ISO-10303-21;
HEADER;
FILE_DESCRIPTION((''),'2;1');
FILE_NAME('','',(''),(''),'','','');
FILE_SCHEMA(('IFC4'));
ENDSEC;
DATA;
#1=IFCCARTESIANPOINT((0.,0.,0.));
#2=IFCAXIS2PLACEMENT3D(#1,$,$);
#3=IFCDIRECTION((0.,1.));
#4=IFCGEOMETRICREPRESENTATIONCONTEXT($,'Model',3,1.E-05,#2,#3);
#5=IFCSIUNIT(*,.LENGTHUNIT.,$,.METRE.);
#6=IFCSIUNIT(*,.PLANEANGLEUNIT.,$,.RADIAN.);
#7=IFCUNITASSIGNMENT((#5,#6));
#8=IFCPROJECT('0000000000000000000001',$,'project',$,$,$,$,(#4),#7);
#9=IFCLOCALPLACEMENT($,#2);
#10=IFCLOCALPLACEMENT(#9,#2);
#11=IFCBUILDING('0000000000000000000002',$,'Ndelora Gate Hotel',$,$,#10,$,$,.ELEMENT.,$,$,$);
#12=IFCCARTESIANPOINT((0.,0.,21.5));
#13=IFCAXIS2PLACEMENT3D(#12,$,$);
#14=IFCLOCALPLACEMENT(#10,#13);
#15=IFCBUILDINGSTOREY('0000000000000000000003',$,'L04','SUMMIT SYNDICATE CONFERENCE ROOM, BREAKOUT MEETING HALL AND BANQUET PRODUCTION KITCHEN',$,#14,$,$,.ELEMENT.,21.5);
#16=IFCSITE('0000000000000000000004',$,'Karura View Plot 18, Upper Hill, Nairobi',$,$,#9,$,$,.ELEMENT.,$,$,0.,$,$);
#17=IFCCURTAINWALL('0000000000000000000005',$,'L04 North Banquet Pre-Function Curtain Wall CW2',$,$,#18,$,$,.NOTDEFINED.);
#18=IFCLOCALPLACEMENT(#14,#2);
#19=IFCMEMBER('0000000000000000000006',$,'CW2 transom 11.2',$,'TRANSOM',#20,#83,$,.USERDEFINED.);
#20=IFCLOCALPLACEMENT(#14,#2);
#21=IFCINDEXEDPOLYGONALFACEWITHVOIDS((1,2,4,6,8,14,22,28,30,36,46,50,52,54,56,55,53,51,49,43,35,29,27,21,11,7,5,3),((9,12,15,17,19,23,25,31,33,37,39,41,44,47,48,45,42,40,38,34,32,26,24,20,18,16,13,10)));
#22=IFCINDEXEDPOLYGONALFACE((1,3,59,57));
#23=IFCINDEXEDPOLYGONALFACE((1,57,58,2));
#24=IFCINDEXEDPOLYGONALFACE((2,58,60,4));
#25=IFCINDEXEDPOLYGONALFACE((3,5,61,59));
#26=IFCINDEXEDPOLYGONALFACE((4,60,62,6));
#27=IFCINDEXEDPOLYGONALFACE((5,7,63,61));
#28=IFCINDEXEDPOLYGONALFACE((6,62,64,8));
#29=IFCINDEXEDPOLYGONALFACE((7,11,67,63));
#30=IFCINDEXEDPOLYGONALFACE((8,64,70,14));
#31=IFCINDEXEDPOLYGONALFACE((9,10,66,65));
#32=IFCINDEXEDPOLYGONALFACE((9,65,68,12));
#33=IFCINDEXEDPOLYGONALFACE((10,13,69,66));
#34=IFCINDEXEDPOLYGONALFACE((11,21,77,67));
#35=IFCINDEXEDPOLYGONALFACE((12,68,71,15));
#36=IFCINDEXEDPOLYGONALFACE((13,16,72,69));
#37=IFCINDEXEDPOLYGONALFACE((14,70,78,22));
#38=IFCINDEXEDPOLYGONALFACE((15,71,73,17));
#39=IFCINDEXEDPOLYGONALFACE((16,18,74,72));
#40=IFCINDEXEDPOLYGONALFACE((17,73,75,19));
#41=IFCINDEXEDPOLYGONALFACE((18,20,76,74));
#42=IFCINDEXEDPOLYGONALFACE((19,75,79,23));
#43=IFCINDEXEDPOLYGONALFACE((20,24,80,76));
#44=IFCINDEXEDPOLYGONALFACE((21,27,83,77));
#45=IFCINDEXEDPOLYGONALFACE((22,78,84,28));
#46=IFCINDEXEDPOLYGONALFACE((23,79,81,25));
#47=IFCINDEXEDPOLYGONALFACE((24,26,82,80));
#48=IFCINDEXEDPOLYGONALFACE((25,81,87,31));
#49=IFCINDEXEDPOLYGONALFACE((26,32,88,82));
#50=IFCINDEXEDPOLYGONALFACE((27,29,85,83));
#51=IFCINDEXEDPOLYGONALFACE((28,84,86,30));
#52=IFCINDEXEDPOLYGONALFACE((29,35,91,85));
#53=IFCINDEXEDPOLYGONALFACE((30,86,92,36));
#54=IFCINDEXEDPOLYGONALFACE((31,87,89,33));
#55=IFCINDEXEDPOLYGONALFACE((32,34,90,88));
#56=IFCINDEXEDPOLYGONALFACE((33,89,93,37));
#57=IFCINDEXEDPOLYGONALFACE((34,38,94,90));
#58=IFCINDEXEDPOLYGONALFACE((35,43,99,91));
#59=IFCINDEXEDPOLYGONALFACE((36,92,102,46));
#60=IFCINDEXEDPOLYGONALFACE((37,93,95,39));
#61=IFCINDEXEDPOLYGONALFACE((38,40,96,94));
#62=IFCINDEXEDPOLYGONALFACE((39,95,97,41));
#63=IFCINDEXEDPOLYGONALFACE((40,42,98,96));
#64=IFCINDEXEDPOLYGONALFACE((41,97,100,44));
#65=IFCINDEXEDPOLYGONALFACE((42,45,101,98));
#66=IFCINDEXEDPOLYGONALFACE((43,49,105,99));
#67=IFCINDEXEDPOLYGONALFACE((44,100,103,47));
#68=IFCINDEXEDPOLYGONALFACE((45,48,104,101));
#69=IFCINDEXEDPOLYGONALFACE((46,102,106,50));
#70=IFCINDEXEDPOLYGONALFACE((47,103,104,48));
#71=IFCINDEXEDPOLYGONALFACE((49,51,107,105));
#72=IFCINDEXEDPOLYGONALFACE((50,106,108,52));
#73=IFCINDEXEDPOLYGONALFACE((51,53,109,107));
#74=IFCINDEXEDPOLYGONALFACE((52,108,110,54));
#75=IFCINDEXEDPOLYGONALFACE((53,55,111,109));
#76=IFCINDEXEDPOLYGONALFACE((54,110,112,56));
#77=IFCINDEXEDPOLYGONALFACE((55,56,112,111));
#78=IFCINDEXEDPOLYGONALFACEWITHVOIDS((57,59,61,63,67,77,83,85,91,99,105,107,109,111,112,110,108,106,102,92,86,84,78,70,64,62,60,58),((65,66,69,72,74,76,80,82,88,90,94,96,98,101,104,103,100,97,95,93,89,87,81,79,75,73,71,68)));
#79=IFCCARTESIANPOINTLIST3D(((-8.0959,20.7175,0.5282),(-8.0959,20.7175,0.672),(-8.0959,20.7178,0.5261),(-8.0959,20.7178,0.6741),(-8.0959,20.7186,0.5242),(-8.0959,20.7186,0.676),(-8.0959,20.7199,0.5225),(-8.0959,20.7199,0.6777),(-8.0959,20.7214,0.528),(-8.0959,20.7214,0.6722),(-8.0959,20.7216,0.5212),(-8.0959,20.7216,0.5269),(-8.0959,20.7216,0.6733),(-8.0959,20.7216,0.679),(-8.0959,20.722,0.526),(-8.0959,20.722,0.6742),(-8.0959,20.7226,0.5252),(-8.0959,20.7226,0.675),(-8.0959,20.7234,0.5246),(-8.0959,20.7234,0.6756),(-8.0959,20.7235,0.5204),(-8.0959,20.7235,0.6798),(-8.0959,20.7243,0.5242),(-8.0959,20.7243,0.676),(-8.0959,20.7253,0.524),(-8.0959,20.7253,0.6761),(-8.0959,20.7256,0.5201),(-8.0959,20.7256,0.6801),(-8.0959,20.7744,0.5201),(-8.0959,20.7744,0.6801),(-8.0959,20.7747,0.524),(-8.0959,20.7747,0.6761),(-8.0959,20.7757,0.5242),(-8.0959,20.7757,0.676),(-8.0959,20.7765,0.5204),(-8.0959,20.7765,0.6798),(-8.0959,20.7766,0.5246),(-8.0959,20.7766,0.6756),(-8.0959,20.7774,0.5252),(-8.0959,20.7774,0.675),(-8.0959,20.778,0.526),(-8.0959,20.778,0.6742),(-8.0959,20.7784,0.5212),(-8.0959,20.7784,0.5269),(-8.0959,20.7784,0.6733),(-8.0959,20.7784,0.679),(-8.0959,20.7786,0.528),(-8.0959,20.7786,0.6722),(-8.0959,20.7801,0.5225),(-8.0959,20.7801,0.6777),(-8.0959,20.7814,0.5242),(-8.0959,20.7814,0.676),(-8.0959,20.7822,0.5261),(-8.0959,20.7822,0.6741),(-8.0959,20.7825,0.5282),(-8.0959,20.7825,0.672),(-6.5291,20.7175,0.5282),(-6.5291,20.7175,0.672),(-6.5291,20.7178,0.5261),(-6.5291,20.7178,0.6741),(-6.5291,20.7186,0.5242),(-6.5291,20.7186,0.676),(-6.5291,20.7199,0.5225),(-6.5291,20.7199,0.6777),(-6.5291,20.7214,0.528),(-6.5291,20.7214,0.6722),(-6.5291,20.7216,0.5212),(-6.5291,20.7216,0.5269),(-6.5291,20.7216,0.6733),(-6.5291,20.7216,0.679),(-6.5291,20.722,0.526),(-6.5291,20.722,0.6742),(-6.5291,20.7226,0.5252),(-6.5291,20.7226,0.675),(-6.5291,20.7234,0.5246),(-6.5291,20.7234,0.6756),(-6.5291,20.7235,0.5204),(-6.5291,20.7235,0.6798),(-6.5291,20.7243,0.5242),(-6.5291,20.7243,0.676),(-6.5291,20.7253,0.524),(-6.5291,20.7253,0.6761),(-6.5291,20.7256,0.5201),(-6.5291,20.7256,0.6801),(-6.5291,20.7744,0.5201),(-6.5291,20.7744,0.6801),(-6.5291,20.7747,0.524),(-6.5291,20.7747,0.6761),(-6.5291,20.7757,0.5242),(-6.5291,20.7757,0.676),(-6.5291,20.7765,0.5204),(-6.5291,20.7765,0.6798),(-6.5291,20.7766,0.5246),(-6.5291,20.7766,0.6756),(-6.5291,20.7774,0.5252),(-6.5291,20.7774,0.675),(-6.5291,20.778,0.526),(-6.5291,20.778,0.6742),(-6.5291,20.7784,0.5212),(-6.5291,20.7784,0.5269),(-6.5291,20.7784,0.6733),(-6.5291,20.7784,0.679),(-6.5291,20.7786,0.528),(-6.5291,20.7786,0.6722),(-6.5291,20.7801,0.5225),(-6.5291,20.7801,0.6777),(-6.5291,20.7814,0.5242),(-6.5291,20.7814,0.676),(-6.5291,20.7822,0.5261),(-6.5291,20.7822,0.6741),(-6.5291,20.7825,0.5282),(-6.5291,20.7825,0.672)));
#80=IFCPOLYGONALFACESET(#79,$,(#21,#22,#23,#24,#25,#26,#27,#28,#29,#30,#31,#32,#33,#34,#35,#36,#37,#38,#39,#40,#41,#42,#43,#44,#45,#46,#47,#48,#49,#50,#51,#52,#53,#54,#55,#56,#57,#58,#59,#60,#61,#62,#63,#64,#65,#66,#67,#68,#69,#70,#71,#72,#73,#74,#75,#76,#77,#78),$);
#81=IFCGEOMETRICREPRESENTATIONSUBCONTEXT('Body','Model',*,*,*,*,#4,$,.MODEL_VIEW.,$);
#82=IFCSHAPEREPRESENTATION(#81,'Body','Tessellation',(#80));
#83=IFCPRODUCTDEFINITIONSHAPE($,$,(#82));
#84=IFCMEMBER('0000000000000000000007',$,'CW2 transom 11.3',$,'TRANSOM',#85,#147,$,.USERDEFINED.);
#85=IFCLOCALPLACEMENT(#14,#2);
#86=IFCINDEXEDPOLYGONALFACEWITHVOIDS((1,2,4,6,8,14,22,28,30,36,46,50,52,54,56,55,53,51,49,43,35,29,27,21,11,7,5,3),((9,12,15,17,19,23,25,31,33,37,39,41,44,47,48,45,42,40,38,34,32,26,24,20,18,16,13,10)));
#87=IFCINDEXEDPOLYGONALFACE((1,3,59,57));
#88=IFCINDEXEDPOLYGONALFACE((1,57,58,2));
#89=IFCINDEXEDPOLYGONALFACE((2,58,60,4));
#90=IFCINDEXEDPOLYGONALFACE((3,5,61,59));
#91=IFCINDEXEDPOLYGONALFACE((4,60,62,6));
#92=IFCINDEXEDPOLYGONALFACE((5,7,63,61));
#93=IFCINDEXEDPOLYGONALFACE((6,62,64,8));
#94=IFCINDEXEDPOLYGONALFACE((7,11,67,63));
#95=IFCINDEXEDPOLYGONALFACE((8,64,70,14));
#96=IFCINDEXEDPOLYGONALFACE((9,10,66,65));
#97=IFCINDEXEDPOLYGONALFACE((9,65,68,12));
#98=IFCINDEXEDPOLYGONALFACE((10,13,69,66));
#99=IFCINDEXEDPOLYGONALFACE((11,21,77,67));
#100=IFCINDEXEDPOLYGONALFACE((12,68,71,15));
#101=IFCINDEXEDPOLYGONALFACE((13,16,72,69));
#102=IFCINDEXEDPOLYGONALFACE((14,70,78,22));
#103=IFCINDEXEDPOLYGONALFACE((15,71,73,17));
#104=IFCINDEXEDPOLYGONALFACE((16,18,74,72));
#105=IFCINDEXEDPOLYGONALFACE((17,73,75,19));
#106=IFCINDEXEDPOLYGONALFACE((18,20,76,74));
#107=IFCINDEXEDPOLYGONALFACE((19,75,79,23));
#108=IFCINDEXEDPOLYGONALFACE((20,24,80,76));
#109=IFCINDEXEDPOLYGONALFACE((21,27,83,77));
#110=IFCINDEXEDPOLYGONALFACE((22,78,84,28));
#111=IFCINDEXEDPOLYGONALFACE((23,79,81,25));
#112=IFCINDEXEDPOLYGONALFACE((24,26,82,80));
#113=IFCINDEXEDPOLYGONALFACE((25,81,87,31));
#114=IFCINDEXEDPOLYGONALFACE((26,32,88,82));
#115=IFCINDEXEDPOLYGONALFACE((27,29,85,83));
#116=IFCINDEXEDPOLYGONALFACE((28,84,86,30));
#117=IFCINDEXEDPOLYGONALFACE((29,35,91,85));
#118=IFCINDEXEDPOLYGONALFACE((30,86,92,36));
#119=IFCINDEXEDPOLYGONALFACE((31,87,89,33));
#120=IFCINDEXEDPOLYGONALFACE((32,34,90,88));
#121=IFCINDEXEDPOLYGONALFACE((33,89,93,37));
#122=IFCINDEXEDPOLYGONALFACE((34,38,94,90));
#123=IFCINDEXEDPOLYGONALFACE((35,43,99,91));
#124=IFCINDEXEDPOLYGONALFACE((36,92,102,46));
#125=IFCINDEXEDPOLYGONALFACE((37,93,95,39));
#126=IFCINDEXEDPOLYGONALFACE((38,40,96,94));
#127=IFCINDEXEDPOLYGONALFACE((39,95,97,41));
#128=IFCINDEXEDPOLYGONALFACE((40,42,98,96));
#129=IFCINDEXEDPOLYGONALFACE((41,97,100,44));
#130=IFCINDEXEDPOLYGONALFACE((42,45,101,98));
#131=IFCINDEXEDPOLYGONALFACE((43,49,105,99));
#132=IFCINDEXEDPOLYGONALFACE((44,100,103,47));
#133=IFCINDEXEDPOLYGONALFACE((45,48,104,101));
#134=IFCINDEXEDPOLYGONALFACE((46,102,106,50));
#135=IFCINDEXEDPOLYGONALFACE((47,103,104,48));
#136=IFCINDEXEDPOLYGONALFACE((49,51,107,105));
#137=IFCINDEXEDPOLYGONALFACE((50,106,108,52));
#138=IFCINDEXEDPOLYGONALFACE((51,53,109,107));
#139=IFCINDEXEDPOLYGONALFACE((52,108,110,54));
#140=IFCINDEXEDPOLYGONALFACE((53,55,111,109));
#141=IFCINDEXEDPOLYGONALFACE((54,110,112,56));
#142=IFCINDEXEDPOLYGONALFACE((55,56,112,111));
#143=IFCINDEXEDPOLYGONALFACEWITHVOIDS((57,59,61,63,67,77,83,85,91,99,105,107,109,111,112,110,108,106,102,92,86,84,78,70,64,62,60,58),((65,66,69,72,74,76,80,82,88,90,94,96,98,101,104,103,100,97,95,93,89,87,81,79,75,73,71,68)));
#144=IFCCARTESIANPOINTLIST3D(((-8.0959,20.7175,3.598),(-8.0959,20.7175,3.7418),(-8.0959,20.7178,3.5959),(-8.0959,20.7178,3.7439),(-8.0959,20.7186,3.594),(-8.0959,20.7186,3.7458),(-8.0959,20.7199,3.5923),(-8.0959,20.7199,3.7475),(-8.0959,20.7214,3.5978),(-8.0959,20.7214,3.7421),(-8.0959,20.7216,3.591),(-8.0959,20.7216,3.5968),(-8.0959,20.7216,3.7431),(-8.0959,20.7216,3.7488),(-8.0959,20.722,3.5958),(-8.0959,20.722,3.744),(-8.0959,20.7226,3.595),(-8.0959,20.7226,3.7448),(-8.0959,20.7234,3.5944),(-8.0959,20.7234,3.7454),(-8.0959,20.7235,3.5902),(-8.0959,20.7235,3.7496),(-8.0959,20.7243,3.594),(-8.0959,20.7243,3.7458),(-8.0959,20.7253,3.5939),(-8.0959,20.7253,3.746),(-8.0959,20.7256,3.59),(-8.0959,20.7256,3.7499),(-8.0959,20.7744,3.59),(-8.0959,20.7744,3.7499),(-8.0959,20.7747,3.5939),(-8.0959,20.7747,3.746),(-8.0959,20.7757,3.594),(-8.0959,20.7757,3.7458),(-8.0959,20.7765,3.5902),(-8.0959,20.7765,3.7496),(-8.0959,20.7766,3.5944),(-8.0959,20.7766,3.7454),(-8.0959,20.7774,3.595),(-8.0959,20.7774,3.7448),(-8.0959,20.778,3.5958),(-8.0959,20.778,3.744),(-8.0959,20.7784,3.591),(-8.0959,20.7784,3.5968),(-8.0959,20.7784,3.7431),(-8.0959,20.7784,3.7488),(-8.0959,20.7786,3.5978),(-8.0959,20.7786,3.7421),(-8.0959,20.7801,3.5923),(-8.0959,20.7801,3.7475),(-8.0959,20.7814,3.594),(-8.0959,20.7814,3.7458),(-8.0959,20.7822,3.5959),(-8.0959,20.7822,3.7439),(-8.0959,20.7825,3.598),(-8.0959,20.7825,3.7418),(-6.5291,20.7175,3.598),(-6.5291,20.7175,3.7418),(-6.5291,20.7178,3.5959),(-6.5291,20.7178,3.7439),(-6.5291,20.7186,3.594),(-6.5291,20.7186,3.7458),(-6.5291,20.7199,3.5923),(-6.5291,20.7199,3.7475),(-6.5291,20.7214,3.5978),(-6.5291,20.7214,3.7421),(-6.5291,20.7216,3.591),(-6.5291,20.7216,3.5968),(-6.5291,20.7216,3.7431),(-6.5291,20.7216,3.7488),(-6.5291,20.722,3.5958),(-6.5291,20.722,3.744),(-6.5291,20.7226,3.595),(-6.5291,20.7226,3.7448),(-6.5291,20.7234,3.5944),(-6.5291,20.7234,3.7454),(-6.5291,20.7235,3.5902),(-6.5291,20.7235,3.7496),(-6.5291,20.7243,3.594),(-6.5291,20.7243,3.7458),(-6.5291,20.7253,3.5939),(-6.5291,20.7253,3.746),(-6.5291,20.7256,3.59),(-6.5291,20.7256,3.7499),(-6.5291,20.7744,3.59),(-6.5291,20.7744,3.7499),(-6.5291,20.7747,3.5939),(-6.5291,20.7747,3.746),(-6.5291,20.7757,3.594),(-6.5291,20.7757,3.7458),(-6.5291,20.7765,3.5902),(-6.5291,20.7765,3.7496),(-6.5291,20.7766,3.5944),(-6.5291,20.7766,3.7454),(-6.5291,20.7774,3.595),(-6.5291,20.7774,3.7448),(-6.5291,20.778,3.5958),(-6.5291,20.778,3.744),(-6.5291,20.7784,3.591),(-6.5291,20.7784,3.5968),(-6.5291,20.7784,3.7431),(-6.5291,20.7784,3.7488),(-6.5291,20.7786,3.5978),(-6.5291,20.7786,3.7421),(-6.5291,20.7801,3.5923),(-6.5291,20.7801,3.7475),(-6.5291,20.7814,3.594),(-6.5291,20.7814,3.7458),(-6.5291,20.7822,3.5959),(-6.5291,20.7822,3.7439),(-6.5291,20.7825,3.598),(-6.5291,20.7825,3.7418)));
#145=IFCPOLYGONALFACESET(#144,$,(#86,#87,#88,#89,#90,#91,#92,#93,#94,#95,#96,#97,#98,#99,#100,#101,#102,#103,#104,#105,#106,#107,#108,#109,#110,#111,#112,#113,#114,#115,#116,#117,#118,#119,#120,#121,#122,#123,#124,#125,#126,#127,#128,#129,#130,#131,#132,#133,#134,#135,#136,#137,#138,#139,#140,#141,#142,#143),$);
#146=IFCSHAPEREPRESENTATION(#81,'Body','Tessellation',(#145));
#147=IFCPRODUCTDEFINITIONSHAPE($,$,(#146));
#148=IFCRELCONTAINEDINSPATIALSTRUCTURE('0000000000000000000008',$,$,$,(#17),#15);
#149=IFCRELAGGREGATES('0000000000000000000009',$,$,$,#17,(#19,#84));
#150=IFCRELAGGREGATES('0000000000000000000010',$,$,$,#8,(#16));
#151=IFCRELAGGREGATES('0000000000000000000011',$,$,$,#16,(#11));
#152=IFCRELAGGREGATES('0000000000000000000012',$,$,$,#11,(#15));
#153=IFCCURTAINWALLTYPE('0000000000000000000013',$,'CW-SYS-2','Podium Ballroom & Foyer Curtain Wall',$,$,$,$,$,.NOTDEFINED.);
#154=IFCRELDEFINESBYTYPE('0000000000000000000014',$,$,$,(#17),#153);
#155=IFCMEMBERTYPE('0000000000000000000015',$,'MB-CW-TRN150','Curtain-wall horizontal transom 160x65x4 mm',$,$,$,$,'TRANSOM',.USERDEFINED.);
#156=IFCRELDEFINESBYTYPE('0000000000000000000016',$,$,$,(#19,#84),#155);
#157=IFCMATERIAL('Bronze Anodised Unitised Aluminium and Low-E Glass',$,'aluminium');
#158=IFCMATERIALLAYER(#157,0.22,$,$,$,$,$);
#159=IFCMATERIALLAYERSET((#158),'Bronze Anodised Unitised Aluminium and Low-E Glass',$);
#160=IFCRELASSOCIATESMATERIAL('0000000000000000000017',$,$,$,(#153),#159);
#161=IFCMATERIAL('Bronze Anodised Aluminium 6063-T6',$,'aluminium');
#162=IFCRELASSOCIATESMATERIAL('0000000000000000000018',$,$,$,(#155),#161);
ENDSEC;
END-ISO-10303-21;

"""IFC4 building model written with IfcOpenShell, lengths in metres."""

from ifc_helpers import new_model, si_unit, direction, frame, origin, origin_2d, place, context, subcontext, project, spatial, hollow_rectangle, extrude, material, layer, layer_set, material_profile, profile_set, type_object, element, aggregate, save


model = new_model("IFC4")

# Units and contexts
model_context = context("Model", 3, precision=1e-05, world=origin(), true_north=direction((0.0, 1.0)))
body_context = subcontext(model_context, "Body", "Model", "MODEL_VIEW")
ifc_project = project(units=[si_unit("LENGTHUNIT", "METRE"), si_unit("PLANEANGLEUNIT", "RADIAN")], contexts=[model_context])

# Site, building, storey
site_placement = place(None, origin())
site = spatial("IfcSite", under=ifc_project, at=site_placement, Name="Karura View Plot 18, Upper Hill, Nairobi", CompositionType="ELEMENT", RefElevation=0.0)
building_placement = place(site_placement, origin())
building = spatial("IfcBuilding", under=site, at=building_placement, Name="Ndelora Gate Hotel", CompositionType="ELEMENT")
storey_placement = place(building_placement, frame((0.0, 0.0, 21.5)))
storey = spatial("IfcBuildingStorey", under=building, at=storey_placement, Name="L04", Description="SUMMIT SYNDICATE CONFERENCE ROOM, BREAKOUT MEETING HALL AND BANQUET PRODUCTION KITCHEN", CompositionType="ELEMENT", Elevation=21.5)

# Curtain wall, members
ifc_material_1 = material(Name="Bronze Anodised Unitised Aluminium and Low-E Glass", Category="aluminium")
ifc_layer_1 = layer(ifc_material_1, 0.22)
ifc_layer_set_1 = layer_set([ifc_layer_1], Name="Bronze Anodised Unitised Aluminium and Low-E Glass")
curtain_wall_type = type_object("IfcCurtainWallType", Name="CW-SYS-2", Description="Podium Ballroom & Foyer Curtain Wall", PredefinedType="NOTDEFINED", material=ifc_layer_set_1)
curtain_wall_placement = place(storey_placement, origin())
curtain_wall = element("IfcCurtainWall", 1, at=curtain_wall_placement, inside=storey, type_object=curtain_wall_type, Name="L04 North Banquet Pre-Function Curtain Wall CW2", PredefinedType="NOTDEFINED")
ifc_material_2 = material(Name="Bronze Anodised Aluminium 6063-T6", Category="aluminium")
ifc_material_profile_1 = material_profile(ifc_material_2, hollow_rectangle(XDim=0.0649, YDim=0.1599, WallThickness=0.0039, InnerFilletRadius=0.0039, OuterFilletRadius=0.0081, at=origin_2d()), Name="ALU 160x65x4")
ifc_profile_set_1 = profile_set([ifc_material_profile_1], Name="Bronze Anodised Aluminium 6063-T6")
member_type_1 = type_object("IfcMemberType", Name="MB-CW-TRN150", Description="Curtain-wall horizontal transom 160x65x4 mm", ElementType="TRANSOM", PredefinedType="USERDEFINED", material=ifc_profile_set_1)
member_1_placement = place(storey_placement, frame((-6.5291, 20.75, 0.6001), z_axis=(-1.0, 0.0, 0.0), x_axis=(0.0, -1.0, 0.0)))
member_1 = element("IfcMember", 2, at=member_1_placement, type_object=member_type_1, Name="CW2 transom 11.2", ObjectType="TRANSOM", PredefinedType="USERDEFINED", context=body_context, shape_type="SweptSolid", body=[
    extrude(hollow_rectangle(XDim=0.0649, YDim=0.1599, WallThickness=0.0039, InnerFilletRadius=0.0039, OuterFilletRadius=0.0081, at=origin_2d()), origin(), (0.0, 0.0, 1.0), 1.5669),
])
member_2_placement = place(storey_placement, frame((-6.5291, 20.75, 3.6699), z_axis=(-1.0, 0.0, 0.0), x_axis=(0.0, -1.0, 0.0)))
member_2 = element("IfcMember", 3, at=member_2_placement, type_object=member_type_1, Name="CW2 transom 11.3", ObjectType="TRANSOM", PredefinedType="USERDEFINED", context=body_context, shape_type="SweptSolid", body=[
    extrude(hollow_rectangle(XDim=0.0649, YDim=0.1599, WallThickness=0.0039, InnerFilletRadius=0.0039, OuterFilletRadius=0.0081, at=origin_2d()), origin(), (0.0, 0.0, 1.0), 1.5669),
])
aggregate(curtain_wall, [member_1, member_2])

save(model, "model.ifc")
